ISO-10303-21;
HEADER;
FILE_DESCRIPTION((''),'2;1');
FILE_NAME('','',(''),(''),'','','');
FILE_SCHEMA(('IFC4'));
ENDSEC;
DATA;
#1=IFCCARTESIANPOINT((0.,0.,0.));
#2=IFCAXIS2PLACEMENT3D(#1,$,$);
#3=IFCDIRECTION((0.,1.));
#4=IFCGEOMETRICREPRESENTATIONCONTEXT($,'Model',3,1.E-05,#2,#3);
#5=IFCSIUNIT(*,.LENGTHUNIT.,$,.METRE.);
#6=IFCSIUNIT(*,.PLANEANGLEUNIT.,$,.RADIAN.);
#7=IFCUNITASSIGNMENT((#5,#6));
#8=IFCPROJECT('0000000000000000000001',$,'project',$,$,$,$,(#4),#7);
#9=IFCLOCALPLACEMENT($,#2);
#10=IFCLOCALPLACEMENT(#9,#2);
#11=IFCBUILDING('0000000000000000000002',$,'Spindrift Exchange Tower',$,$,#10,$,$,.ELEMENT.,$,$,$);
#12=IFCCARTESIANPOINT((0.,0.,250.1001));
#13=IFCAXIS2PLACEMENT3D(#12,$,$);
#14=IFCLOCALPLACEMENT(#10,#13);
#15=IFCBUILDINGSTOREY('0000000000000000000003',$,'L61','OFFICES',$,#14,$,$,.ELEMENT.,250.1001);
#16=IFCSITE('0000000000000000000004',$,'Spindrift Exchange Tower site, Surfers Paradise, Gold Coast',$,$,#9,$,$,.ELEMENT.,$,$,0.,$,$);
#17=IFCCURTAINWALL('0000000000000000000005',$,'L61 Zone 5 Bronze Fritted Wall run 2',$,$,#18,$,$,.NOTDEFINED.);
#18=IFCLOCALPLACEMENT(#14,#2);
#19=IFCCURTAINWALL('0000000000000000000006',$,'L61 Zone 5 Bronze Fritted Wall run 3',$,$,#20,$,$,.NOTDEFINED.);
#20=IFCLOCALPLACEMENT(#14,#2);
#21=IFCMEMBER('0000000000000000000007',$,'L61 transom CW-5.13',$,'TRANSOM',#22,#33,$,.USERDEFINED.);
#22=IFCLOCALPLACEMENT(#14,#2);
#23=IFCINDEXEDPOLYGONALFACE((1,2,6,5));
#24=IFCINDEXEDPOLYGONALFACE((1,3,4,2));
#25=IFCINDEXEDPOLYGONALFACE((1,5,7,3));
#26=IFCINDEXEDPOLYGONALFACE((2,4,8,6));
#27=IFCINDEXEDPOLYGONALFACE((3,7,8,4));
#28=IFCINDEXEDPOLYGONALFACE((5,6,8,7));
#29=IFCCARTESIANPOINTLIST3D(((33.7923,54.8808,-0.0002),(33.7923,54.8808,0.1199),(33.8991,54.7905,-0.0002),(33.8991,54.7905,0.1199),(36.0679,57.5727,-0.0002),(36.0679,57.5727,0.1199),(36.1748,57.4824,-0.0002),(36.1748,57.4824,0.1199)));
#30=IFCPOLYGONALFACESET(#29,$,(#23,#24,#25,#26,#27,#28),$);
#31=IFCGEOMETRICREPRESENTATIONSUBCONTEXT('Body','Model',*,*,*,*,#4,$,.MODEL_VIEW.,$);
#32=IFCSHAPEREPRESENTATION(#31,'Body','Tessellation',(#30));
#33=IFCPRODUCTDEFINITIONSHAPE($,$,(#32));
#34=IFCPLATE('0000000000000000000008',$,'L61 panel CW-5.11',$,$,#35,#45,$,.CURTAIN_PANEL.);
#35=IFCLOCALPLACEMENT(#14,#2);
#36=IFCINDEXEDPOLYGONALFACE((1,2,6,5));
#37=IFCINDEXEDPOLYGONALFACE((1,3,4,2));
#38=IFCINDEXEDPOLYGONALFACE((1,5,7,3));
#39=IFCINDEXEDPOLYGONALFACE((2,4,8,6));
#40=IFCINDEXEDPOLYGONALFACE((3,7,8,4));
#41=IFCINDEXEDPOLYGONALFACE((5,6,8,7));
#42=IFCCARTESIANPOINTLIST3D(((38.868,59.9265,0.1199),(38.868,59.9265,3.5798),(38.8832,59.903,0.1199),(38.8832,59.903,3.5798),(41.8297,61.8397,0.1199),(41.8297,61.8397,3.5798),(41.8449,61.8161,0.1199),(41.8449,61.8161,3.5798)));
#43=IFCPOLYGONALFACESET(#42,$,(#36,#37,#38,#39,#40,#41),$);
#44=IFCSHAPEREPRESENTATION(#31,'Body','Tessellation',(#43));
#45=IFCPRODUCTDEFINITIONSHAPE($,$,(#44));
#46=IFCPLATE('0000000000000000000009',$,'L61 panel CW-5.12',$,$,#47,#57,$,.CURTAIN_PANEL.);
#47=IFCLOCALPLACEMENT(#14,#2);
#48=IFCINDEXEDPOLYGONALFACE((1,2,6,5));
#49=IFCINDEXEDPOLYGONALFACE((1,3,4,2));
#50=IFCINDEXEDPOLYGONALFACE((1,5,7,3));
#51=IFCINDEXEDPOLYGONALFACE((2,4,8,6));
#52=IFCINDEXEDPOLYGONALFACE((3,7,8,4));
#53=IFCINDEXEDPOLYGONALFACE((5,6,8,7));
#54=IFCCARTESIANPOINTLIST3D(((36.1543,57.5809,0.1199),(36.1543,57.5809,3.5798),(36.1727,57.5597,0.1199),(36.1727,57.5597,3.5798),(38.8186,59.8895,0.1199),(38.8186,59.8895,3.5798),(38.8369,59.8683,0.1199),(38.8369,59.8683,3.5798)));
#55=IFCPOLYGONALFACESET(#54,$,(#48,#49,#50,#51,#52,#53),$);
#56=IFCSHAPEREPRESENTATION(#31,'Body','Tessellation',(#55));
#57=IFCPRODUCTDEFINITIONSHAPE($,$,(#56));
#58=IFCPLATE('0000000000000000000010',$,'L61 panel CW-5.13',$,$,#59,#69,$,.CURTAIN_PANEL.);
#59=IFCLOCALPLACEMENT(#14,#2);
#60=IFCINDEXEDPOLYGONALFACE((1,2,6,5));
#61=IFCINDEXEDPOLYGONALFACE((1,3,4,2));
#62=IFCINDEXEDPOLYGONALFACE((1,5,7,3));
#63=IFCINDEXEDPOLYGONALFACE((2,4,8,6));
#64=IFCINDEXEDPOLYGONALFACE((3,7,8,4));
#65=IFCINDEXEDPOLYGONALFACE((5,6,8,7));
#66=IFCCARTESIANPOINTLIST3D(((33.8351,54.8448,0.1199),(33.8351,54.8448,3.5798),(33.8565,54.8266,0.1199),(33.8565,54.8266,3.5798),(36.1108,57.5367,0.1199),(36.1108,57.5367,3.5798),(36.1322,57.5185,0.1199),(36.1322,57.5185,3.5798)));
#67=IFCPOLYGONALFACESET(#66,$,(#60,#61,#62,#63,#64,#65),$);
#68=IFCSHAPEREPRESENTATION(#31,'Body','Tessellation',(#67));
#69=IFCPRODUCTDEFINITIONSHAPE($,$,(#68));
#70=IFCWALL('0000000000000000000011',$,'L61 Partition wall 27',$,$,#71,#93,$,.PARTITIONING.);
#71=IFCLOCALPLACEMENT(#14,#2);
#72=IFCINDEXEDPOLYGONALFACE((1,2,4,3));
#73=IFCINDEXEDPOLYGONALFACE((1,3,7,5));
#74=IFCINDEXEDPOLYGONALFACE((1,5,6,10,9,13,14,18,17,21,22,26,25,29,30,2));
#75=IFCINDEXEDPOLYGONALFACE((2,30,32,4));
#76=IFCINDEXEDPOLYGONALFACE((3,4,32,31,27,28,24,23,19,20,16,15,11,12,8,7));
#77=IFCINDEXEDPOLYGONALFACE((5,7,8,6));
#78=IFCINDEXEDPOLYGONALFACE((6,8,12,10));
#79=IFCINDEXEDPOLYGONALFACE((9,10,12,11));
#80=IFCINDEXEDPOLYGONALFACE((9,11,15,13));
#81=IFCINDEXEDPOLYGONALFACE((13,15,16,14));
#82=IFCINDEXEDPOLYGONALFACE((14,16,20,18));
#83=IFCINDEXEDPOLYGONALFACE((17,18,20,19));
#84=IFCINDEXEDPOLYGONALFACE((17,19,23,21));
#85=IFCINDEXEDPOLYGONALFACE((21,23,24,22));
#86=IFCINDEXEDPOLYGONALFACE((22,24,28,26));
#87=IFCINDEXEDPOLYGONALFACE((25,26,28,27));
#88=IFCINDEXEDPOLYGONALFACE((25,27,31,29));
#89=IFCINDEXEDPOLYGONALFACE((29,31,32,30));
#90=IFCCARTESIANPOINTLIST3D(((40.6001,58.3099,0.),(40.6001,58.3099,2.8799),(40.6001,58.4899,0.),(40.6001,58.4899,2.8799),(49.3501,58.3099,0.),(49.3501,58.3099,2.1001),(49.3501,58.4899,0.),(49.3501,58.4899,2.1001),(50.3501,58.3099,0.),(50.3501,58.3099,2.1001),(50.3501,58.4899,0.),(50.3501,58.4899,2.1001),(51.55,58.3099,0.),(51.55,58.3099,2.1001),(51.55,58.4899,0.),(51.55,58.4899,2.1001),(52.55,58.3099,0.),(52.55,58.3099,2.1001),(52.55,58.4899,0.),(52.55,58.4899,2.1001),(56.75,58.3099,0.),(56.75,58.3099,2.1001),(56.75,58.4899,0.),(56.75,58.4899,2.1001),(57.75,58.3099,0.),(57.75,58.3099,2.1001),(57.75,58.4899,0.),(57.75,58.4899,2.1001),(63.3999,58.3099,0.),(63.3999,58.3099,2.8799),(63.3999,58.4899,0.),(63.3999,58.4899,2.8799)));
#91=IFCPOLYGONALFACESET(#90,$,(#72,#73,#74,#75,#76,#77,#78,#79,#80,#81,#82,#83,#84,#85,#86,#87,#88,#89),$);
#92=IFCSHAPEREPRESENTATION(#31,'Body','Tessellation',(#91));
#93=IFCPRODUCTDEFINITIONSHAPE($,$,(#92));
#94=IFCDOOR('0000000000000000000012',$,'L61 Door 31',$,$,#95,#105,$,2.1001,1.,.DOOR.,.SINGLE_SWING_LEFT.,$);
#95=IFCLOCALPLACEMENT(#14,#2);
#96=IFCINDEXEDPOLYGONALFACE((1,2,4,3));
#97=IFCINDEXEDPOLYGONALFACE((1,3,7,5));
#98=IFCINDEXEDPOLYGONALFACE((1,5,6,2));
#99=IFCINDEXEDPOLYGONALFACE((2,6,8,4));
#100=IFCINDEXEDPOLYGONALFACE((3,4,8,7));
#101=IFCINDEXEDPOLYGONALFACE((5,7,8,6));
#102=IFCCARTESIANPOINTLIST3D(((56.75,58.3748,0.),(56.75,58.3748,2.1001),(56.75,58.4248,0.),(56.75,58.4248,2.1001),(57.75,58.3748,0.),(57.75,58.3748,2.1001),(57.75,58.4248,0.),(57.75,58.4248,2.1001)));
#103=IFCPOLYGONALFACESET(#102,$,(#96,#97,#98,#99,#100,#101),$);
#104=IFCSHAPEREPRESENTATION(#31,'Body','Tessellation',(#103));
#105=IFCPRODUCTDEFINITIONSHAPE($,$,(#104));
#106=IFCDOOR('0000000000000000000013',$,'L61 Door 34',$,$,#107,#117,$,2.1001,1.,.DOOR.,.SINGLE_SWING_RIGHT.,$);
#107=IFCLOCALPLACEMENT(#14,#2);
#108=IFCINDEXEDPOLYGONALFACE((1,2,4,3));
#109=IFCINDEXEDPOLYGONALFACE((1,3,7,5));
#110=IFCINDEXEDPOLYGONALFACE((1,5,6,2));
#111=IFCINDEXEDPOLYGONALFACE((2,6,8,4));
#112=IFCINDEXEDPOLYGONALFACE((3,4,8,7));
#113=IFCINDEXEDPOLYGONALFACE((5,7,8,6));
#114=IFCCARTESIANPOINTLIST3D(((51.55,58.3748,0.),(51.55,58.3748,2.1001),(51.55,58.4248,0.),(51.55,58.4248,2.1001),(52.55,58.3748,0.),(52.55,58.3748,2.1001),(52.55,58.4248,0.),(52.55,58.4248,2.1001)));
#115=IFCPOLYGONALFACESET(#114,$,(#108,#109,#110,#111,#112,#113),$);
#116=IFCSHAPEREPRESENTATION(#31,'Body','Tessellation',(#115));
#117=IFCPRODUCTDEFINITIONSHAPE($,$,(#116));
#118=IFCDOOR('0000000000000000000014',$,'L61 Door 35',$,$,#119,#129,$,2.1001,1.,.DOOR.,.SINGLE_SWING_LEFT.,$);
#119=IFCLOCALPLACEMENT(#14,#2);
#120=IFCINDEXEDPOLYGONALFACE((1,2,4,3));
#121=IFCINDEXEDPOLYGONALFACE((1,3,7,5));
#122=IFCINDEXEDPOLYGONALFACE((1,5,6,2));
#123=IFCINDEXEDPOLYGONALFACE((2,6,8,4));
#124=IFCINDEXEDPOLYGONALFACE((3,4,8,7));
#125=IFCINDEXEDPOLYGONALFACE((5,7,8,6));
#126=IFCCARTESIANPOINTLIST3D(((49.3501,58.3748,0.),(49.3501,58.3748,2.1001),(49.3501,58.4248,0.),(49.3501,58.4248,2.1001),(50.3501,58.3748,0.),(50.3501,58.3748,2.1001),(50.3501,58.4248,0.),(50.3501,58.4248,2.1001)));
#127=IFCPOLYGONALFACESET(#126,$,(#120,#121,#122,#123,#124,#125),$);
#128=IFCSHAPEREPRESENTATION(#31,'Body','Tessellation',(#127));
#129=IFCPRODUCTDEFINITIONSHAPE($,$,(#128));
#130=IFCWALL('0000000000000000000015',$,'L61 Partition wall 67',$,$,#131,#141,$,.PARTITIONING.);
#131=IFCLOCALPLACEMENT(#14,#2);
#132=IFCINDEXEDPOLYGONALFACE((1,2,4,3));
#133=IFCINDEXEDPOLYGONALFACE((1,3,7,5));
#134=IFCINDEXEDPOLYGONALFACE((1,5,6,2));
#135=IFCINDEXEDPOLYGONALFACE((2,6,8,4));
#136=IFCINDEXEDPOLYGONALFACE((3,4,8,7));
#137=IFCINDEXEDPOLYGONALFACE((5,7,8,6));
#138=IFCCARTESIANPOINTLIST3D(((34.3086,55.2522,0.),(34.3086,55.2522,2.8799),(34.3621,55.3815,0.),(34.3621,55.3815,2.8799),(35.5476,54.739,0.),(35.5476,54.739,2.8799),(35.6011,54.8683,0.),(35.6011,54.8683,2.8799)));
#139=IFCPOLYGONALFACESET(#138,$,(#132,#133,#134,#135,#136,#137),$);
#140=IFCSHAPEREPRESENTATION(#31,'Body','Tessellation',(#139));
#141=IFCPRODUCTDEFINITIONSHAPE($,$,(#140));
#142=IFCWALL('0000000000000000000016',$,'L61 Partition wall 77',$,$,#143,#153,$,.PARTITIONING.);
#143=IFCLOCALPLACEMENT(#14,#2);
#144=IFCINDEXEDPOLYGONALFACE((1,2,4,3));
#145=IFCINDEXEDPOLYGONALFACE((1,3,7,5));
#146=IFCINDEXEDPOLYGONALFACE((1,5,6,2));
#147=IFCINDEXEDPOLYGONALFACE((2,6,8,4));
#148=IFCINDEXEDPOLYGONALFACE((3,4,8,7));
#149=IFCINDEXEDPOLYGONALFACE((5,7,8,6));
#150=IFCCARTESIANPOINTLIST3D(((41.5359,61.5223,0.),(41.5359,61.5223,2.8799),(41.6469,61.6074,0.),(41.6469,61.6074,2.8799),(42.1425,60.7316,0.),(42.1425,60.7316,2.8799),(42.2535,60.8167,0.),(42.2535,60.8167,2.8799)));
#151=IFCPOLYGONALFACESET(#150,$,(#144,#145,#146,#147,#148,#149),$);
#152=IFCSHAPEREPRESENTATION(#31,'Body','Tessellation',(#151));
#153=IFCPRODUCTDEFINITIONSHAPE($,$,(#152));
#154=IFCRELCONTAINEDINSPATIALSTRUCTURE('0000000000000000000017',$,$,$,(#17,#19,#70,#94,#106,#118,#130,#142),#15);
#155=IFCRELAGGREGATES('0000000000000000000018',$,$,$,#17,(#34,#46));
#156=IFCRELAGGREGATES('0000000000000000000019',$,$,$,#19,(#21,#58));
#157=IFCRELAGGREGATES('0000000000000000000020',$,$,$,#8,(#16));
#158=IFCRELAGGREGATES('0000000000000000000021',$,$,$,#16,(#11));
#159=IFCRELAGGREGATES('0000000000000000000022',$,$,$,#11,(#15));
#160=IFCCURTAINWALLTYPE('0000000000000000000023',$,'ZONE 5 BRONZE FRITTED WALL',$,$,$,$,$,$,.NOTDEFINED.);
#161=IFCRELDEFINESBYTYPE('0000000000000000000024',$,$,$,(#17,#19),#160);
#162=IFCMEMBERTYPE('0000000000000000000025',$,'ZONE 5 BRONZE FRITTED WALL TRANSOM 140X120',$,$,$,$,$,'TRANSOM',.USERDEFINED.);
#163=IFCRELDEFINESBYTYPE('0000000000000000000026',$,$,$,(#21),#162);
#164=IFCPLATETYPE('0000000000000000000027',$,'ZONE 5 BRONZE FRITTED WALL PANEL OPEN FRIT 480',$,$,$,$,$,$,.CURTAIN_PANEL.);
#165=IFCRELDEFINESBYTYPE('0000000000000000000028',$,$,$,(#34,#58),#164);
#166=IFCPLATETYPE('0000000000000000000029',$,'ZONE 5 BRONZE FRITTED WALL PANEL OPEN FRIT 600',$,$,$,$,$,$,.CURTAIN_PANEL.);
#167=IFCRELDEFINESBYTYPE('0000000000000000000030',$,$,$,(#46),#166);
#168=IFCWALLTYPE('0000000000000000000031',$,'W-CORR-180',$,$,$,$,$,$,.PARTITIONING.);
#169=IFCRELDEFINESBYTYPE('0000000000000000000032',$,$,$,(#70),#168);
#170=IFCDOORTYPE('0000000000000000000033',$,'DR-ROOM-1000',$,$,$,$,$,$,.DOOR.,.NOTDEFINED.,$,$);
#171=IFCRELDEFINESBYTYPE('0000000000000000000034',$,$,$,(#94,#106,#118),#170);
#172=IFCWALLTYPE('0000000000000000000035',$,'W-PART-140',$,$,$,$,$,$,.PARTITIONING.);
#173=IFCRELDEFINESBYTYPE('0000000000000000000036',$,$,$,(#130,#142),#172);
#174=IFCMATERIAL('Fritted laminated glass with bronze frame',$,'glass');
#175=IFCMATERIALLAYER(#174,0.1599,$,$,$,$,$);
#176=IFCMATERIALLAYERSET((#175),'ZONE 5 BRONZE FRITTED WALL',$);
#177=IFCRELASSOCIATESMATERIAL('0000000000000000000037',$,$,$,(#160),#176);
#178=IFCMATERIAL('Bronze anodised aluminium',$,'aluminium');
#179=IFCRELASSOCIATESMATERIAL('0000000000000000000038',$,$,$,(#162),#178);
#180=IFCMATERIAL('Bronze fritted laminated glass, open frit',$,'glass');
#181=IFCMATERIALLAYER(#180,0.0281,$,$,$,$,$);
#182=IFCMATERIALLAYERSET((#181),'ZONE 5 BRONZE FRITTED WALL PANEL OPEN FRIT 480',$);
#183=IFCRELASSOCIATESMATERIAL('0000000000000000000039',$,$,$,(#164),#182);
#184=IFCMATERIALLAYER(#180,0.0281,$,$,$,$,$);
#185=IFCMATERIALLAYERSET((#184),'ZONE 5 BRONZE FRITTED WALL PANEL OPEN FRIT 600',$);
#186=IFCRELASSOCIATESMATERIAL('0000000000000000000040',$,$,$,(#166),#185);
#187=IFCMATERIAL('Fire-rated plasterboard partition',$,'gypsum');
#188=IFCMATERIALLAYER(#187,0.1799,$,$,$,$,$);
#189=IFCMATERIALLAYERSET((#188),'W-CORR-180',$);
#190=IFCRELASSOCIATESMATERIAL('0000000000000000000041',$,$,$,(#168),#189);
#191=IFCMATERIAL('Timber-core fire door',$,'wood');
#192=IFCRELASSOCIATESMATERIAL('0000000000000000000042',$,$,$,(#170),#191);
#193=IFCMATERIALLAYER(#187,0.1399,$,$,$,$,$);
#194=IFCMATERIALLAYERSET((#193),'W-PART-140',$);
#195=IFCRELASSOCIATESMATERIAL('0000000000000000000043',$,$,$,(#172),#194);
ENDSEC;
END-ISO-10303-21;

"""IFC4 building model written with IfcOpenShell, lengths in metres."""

from ifc_helpers import new_model, si_unit, direction, frame, frame_2d, origin, origin_2d, place, context, subcontext, project, spatial, rectangle, extrude, source, transform, mapped, material, layer, layer_set, material_profile, profile_set, type_object, element, fill, aggregate, save


model = new_model("IFC4")

# Units and contexts
model_context = context("Model", 3, precision=1e-05, world=origin(), true_north=direction((0.0, 1.0)))
body_context = subcontext(model_context, "Body", "Model", "MODEL_VIEW")
ifc_project = project(units=[si_unit("LENGTHUNIT", "METRE"), si_unit("PLANEANGLEUNIT", "RADIAN")], contexts=[model_context])

# Site, building, storey
site_placement = place(None, origin())
site = spatial("IfcSite", under=ifc_project, at=site_placement, Name="Spindrift Exchange Tower site, Surfers Paradise, Gold Coast", CompositionType="ELEMENT", RefElevation=0.0)
building_placement = place(site_placement, origin())
building = spatial("IfcBuilding", under=site, at=building_placement, Name="Spindrift Exchange Tower", CompositionType="ELEMENT")
storey_placement = place(building_placement, frame((0.0, 0.0, 250.1001)))
storey = spatial("IfcBuildingStorey", under=building, at=storey_placement, Name="L61", Description="OFFICES", CompositionType="ELEMENT", Elevation=250.1001)

# Curtain walls, member
ifc_material_1 = material(Name="Fritted laminated glass with bronze frame", Category="glass")
ifc_layer_1 = layer(ifc_material_1, 0.1599)
ifc_layer_set_1 = layer_set([ifc_layer_1], Name="ZONE 5 BRONZE FRITTED WALL")
curtain_wall_type = type_object("IfcCurtainWallType", Name="ZONE 5 BRONZE FRITTED WALL", PredefinedType="NOTDEFINED", material=ifc_layer_set_1)
curtain_wall_1_placement = place(storey_placement, origin())
curtain_wall_1 = element("IfcCurtainWall", 1, at=curtain_wall_1_placement, inside=storey, type_object=curtain_wall_type, Name="L61 Zone 5 Bronze Fritted Wall run 2", PredefinedType="NOTDEFINED")
ifc_material_2 = material(Name="Bronze anodised aluminium", Category="aluminium")
ifc_material_profile_1 = material_profile(ifc_material_2, rectangle(XDim=0.1399, YDim=0.1201, at=origin_2d()), Name="ZONE 5 BRONZE FRITTED WALL TRANSOM 140X120")
ifc_profile_set_1 = profile_set([ifc_material_profile_1], Name="Bronze anodised aluminium")
member_type_1 = type_object("IfcMemberType", Name="ZONE 5 BRONZE FRITTED WALL TRANSOM 140X120", ElementType="TRANSOM", PredefinedType="USERDEFINED", material=ifc_profile_set_1)
curtain_wall_2_placement = place(storey_placement, origin())
curtain_wall_2 = element("IfcCurtainWall", 2, at=curtain_wall_2_placement, inside=storey, type_object=curtain_wall_type, Name="L61 Zone 5 Bronze Fritted Wall run 3", PredefinedType="NOTDEFINED")
shared_shape_1 = source(origin(), body_context, "Body", "SweptSolid", [
    extrude(rectangle(XDim=0.1399, YDim=0.1201, at=origin_2d()), origin(), (0.0, 0.0, 1.0), 3.5249),
])
member_1_placement = place(storey_placement, frame((36.1213, 57.5276, 0.0598), z_axis=(-0.645591, -0.763683, 0.0), x_axis=(0.763683, -0.645591, 0.0)))
member_1 = element("IfcMember", 3, at=member_1_placement, type_object=member_type_1, Name="L61 transom CW-5.13", ObjectType="TRANSOM", PredefinedType="USERDEFINED", context=body_context, shape_type="MappedRepresentation", body=[
    mapped(shared_shape_1, transform((0.0, 0.0, 0.0), scale=1.0)),
])

# Plates
ifc_material_3 = material(Name="Bronze fritted laminated glass, open frit", Category="glass")
ifc_layer_2 = layer(ifc_material_3, 0.0281)
ifc_layer_set_2 = layer_set([ifc_layer_2], Name="ZONE 5 BRONZE FRITTED WALL PANEL OPEN FRIT 480")
plate_type_1 = type_object("IfcPlateType", Name="ZONE 5 BRONZE FRITTED WALL PANEL OPEN FRIT 480", PredefinedType="CURTAIN_PANEL", material=ifc_layer_set_2)
shared_shape_2 = source(origin(), body_context, "Body", "SweptSolid", [
    extrude(rectangle(XDim=3.5259, YDim=0.0281, at=origin_2d()), origin(), (0.0, 0.0, 1.0), 3.46),
])
plate_1_placement = place(storey_placement, frame((40.3564, 60.8713, 0.1199), z_axis=(0.0, 0.0, 1.0), x_axis=(-0.839986, -0.542609, 0.0)))
plate_1 = element("IfcPlate", 4, at=plate_1_placement, type_object=plate_type_1, Name="L61 panel CW-5.11", PredefinedType="CURTAIN_PANEL", context=body_context, shape_type="MappedRepresentation", body=[
    mapped(shared_shape_2, transform((0.0, 0.0, 0.0), scale=1.0)),
])
ifc_layer_3 = layer(ifc_material_3, 0.0281)
ifc_layer_set_3 = layer_set([ifc_layer_3], Name="ZONE 5 BRONZE FRITTED WALL PANEL OPEN FRIT 600")
plate_type_2 = type_object("IfcPlateType", Name="ZONE 5 BRONZE FRITTED WALL PANEL OPEN FRIT 600", PredefinedType="CURTAIN_PANEL", material=ifc_layer_set_3)
shared_shape_3 = source(origin(), body_context, "Body", "SweptSolid", [
    extrude(rectangle(XDim=3.5254, YDim=0.0281, at=origin_2d()), origin(), (0.0, 0.0, 1.0), 3.46),
])
plate_2_placement = place(storey_placement, frame((37.4956, 58.7246, 0.1199), z_axis=(0.0, 0.0, 1.0), x_axis=(-0.755745, -0.654866, 0.0)))
plate_2 = element("IfcPlate", 5, at=plate_2_placement, type_object=plate_type_2, Name="L61 panel CW-5.12", PredefinedType="CURTAIN_PANEL", context=body_context, shape_type="MappedRepresentation", body=[
    mapped(shared_shape_3, transform((0.0, 0.0, 0.0), scale=1.0)),
])
aggregate(curtain_wall_1, [plate_1, plate_2])
shared_shape_4 = source(origin(), body_context, "Body", "SweptSolid", [
    extrude(rectangle(XDim=3.5249, YDim=0.0281, at=origin_2d()), origin(), (0.0, 0.0, 1.0), 3.46),
])
plate_3_placement = place(storey_placement, frame((34.9836, 56.1816, 0.1199), z_axis=(0.0, 0.0, 1.0), x_axis=(-0.645596, -0.763679, 0.0)))
plate_3 = element("IfcPlate", 6, at=plate_3_placement, type_object=plate_type_1, Name="L61 panel CW-5.13", PredefinedType="CURTAIN_PANEL", context=body_context, shape_type="MappedRepresentation", body=[
    mapped(shared_shape_4, transform((0.0, 0.0, 0.0), scale=1.0)),
])
aggregate(curtain_wall_2, [member_1, plate_3])

# Wall, openings, doors
ifc_material_4 = material(Name="Fire-rated plasterboard partition", Category="gypsum")
ifc_layer_4 = layer(ifc_material_4, 0.1799)
ifc_layer_set_4 = layer_set([ifc_layer_4], Name="W-CORR-180")
wall_type_1 = type_object("IfcWallType", Name="W-CORR-180", PredefinedType="PARTITIONING", material=ifc_layer_set_4)
wall_1_placement = place(storey_placement, frame((40.6001, 58.3999, 0.0), z_axis=(0.0, 0.0, 1.0), x_axis=(1.0, 0.0, 0.0)))
wall_1 = element("IfcWall", 7, at=wall_1_placement, inside=storey, type_object=wall_type_1, Name="L61 Partition wall 27", PredefinedType="PARTITIONING", context=body_context, shape_type="SweptSolid", body=[
    extrude(rectangle(XDim=22.7998, YDim=0.1799, at=frame_2d((11.3999, 0.0))), origin(), (0.0, 0.0, 1.0), 2.8799),
])
opening_1_placement = place(wall_1_placement, frame((16.1499, 0.0, 0.0)))
opening_1 = element("IfcOpeningElement", 8, at=opening_1_placement, cuts=wall_1, PredefinedType="OPENING", context=body_context, shape_type="SweptSolid", body=[
    extrude(rectangle(XDim=1.0, YDim=2.1001, at=frame_2d((0.5, 1.05))), frame((0.0, 0.0999, 0.0), z_axis=(0.0, -1.0, 0.0), x_axis=(1.0, 0.0, 0.0)), (0.0, 0.0, 1.0), 0.2),
])
opening_2_placement = place(wall_1_placement, frame((10.95, 0.0, 0.0)))
opening_2 = element("IfcOpeningElement", 9, at=opening_2_placement, cuts=wall_1, PredefinedType="OPENING", context=body_context, shape_type="SweptSolid", body=[
    extrude(rectangle(XDim=1.0, YDim=2.1001, at=frame_2d((0.5, 1.05))), frame((0.0, 0.0999, 0.0), z_axis=(0.0, -1.0, 0.0), x_axis=(1.0, 0.0, 0.0)), (0.0, 0.0, 1.0), 0.2),
])
opening_3_placement = place(wall_1_placement, frame((8.75, 0.0, 0.0)))
opening_3 = element("IfcOpeningElement", 10, at=opening_3_placement, cuts=wall_1, PredefinedType="OPENING", context=body_context, shape_type="SweptSolid", body=[
    extrude(rectangle(XDim=1.0, YDim=2.1001, at=frame_2d((0.5, 1.05))), frame((0.0, 0.0999, 0.0), z_axis=(0.0, -1.0, 0.0), x_axis=(1.0, 0.0, 0.0)), (0.0, 0.0, 1.0), 0.2),
])
ifc_material_5 = material(Name="Timber-core fire door", Category="wood")
door_type = type_object("IfcDoorType", Name="DR-ROOM-1000", OperationType="NOTDEFINED", PredefinedType="DOOR", material=ifc_material_5)
shared_shape_5 = source(origin(), body_context, "Body", "SweptSolid", [
    extrude(rectangle(XDim=1.0, YDim=2.1001, at=frame_2d((0.5, 1.05))), frame((0.0, 0.0249, 0.0), z_axis=(0.0, -1.0, 0.0), x_axis=(1.0, 0.0, 0.0)), (0.0, 0.0, 1.0), 0.05),
])
door_1_placement = place(opening_1_placement, origin())
door_1 = element("IfcDoor", 11, at=door_1_placement, inside=storey, type_object=door_type, Name="L61 Door 31", OperationType="SINGLE_SWING_LEFT", OverallHeight=2.1001, OverallWidth=1.0, PredefinedType="DOOR", context=body_context, shape_type="MappedRepresentation", body=[
    mapped(shared_shape_5, transform((0.0, 0.0, 0.0), scale=1.0)),
])
fill(opening_1, door_1)
door_2_placement = place(opening_2_placement, origin())
door_2 = element("IfcDoor", 12, at=door_2_placement, inside=storey, type_object=door_type, Name="L61 Door 34", OperationType="SINGLE_SWING_RIGHT", OverallHeight=2.1001, OverallWidth=1.0, PredefinedType="DOOR", context=body_context, shape_type="MappedRepresentation", body=[
    mapped(shared_shape_5, transform((0.0, 0.0, 0.0), scale=1.0)),
])
fill(opening_2, door_2)
door_3_placement = place(opening_3_placement, origin())
door_3 = element("IfcDoor", 13, at=door_3_placement, inside=storey, type_object=door_type, Name="L61 Door 35", OperationType="SINGLE_SWING_LEFT", OverallHeight=2.1001, OverallWidth=1.0, PredefinedType="DOOR", context=body_context, shape_type="MappedRepresentation", body=[
    mapped(shared_shape_5, transform((0.0, 0.0, 0.0), scale=1.0)),
])
fill(opening_3, door_3)

# Walls
ifc_layer_5 = layer(ifc_material_4, 0.1399)
ifc_layer_set_5 = layer_set([ifc_layer_5], Name="W-PART-140")
wall_type_2 = type_object("IfcWallType", Name="W-PART-140", PredefinedType="PARTITIONING", material=ifc_layer_set_5)
wall_2_placement = place(storey_placement, frame((35.5742, 54.8037, 0.0), z_axis=(0.0, 0.0, 1.0), x_axis=(-0.923888, 0.382663, 0.0)))
element("IfcWall", 14, at=wall_2_placement, inside=storey, type_object=wall_type_2, Name="L61 Partition wall 67", PredefinedType="PARTITIONING", context=body_context, shape_type="SweptSolid", body=[
    extrude(rectangle(XDim=1.3411, YDim=0.1399, at=frame_2d((0.6704, 0.0))), origin(), (0.0, 0.0, 1.0), 2.8799),
])
wall_3_placement = place(storey_placement, frame((42.198, 60.7742, 0.0), z_axis=(0.0, 0.0, 1.0), x_axis=(-0.608704, 0.793397, 0.0)))
element("IfcWall", 15, at=wall_3_placement, inside=storey, type_object=wall_type_2, Name="L61 Partition wall 77", PredefinedType="PARTITIONING", context=body_context, shape_type="SweptSolid", body=[
    extrude(rectangle(XDim=0.9966, YDim=0.1399, at=frame_2d((0.4983, 0.0))), origin(), (0.0, 0.0, 1.0), 2.8799),
])

save(model, "model.ifc")
